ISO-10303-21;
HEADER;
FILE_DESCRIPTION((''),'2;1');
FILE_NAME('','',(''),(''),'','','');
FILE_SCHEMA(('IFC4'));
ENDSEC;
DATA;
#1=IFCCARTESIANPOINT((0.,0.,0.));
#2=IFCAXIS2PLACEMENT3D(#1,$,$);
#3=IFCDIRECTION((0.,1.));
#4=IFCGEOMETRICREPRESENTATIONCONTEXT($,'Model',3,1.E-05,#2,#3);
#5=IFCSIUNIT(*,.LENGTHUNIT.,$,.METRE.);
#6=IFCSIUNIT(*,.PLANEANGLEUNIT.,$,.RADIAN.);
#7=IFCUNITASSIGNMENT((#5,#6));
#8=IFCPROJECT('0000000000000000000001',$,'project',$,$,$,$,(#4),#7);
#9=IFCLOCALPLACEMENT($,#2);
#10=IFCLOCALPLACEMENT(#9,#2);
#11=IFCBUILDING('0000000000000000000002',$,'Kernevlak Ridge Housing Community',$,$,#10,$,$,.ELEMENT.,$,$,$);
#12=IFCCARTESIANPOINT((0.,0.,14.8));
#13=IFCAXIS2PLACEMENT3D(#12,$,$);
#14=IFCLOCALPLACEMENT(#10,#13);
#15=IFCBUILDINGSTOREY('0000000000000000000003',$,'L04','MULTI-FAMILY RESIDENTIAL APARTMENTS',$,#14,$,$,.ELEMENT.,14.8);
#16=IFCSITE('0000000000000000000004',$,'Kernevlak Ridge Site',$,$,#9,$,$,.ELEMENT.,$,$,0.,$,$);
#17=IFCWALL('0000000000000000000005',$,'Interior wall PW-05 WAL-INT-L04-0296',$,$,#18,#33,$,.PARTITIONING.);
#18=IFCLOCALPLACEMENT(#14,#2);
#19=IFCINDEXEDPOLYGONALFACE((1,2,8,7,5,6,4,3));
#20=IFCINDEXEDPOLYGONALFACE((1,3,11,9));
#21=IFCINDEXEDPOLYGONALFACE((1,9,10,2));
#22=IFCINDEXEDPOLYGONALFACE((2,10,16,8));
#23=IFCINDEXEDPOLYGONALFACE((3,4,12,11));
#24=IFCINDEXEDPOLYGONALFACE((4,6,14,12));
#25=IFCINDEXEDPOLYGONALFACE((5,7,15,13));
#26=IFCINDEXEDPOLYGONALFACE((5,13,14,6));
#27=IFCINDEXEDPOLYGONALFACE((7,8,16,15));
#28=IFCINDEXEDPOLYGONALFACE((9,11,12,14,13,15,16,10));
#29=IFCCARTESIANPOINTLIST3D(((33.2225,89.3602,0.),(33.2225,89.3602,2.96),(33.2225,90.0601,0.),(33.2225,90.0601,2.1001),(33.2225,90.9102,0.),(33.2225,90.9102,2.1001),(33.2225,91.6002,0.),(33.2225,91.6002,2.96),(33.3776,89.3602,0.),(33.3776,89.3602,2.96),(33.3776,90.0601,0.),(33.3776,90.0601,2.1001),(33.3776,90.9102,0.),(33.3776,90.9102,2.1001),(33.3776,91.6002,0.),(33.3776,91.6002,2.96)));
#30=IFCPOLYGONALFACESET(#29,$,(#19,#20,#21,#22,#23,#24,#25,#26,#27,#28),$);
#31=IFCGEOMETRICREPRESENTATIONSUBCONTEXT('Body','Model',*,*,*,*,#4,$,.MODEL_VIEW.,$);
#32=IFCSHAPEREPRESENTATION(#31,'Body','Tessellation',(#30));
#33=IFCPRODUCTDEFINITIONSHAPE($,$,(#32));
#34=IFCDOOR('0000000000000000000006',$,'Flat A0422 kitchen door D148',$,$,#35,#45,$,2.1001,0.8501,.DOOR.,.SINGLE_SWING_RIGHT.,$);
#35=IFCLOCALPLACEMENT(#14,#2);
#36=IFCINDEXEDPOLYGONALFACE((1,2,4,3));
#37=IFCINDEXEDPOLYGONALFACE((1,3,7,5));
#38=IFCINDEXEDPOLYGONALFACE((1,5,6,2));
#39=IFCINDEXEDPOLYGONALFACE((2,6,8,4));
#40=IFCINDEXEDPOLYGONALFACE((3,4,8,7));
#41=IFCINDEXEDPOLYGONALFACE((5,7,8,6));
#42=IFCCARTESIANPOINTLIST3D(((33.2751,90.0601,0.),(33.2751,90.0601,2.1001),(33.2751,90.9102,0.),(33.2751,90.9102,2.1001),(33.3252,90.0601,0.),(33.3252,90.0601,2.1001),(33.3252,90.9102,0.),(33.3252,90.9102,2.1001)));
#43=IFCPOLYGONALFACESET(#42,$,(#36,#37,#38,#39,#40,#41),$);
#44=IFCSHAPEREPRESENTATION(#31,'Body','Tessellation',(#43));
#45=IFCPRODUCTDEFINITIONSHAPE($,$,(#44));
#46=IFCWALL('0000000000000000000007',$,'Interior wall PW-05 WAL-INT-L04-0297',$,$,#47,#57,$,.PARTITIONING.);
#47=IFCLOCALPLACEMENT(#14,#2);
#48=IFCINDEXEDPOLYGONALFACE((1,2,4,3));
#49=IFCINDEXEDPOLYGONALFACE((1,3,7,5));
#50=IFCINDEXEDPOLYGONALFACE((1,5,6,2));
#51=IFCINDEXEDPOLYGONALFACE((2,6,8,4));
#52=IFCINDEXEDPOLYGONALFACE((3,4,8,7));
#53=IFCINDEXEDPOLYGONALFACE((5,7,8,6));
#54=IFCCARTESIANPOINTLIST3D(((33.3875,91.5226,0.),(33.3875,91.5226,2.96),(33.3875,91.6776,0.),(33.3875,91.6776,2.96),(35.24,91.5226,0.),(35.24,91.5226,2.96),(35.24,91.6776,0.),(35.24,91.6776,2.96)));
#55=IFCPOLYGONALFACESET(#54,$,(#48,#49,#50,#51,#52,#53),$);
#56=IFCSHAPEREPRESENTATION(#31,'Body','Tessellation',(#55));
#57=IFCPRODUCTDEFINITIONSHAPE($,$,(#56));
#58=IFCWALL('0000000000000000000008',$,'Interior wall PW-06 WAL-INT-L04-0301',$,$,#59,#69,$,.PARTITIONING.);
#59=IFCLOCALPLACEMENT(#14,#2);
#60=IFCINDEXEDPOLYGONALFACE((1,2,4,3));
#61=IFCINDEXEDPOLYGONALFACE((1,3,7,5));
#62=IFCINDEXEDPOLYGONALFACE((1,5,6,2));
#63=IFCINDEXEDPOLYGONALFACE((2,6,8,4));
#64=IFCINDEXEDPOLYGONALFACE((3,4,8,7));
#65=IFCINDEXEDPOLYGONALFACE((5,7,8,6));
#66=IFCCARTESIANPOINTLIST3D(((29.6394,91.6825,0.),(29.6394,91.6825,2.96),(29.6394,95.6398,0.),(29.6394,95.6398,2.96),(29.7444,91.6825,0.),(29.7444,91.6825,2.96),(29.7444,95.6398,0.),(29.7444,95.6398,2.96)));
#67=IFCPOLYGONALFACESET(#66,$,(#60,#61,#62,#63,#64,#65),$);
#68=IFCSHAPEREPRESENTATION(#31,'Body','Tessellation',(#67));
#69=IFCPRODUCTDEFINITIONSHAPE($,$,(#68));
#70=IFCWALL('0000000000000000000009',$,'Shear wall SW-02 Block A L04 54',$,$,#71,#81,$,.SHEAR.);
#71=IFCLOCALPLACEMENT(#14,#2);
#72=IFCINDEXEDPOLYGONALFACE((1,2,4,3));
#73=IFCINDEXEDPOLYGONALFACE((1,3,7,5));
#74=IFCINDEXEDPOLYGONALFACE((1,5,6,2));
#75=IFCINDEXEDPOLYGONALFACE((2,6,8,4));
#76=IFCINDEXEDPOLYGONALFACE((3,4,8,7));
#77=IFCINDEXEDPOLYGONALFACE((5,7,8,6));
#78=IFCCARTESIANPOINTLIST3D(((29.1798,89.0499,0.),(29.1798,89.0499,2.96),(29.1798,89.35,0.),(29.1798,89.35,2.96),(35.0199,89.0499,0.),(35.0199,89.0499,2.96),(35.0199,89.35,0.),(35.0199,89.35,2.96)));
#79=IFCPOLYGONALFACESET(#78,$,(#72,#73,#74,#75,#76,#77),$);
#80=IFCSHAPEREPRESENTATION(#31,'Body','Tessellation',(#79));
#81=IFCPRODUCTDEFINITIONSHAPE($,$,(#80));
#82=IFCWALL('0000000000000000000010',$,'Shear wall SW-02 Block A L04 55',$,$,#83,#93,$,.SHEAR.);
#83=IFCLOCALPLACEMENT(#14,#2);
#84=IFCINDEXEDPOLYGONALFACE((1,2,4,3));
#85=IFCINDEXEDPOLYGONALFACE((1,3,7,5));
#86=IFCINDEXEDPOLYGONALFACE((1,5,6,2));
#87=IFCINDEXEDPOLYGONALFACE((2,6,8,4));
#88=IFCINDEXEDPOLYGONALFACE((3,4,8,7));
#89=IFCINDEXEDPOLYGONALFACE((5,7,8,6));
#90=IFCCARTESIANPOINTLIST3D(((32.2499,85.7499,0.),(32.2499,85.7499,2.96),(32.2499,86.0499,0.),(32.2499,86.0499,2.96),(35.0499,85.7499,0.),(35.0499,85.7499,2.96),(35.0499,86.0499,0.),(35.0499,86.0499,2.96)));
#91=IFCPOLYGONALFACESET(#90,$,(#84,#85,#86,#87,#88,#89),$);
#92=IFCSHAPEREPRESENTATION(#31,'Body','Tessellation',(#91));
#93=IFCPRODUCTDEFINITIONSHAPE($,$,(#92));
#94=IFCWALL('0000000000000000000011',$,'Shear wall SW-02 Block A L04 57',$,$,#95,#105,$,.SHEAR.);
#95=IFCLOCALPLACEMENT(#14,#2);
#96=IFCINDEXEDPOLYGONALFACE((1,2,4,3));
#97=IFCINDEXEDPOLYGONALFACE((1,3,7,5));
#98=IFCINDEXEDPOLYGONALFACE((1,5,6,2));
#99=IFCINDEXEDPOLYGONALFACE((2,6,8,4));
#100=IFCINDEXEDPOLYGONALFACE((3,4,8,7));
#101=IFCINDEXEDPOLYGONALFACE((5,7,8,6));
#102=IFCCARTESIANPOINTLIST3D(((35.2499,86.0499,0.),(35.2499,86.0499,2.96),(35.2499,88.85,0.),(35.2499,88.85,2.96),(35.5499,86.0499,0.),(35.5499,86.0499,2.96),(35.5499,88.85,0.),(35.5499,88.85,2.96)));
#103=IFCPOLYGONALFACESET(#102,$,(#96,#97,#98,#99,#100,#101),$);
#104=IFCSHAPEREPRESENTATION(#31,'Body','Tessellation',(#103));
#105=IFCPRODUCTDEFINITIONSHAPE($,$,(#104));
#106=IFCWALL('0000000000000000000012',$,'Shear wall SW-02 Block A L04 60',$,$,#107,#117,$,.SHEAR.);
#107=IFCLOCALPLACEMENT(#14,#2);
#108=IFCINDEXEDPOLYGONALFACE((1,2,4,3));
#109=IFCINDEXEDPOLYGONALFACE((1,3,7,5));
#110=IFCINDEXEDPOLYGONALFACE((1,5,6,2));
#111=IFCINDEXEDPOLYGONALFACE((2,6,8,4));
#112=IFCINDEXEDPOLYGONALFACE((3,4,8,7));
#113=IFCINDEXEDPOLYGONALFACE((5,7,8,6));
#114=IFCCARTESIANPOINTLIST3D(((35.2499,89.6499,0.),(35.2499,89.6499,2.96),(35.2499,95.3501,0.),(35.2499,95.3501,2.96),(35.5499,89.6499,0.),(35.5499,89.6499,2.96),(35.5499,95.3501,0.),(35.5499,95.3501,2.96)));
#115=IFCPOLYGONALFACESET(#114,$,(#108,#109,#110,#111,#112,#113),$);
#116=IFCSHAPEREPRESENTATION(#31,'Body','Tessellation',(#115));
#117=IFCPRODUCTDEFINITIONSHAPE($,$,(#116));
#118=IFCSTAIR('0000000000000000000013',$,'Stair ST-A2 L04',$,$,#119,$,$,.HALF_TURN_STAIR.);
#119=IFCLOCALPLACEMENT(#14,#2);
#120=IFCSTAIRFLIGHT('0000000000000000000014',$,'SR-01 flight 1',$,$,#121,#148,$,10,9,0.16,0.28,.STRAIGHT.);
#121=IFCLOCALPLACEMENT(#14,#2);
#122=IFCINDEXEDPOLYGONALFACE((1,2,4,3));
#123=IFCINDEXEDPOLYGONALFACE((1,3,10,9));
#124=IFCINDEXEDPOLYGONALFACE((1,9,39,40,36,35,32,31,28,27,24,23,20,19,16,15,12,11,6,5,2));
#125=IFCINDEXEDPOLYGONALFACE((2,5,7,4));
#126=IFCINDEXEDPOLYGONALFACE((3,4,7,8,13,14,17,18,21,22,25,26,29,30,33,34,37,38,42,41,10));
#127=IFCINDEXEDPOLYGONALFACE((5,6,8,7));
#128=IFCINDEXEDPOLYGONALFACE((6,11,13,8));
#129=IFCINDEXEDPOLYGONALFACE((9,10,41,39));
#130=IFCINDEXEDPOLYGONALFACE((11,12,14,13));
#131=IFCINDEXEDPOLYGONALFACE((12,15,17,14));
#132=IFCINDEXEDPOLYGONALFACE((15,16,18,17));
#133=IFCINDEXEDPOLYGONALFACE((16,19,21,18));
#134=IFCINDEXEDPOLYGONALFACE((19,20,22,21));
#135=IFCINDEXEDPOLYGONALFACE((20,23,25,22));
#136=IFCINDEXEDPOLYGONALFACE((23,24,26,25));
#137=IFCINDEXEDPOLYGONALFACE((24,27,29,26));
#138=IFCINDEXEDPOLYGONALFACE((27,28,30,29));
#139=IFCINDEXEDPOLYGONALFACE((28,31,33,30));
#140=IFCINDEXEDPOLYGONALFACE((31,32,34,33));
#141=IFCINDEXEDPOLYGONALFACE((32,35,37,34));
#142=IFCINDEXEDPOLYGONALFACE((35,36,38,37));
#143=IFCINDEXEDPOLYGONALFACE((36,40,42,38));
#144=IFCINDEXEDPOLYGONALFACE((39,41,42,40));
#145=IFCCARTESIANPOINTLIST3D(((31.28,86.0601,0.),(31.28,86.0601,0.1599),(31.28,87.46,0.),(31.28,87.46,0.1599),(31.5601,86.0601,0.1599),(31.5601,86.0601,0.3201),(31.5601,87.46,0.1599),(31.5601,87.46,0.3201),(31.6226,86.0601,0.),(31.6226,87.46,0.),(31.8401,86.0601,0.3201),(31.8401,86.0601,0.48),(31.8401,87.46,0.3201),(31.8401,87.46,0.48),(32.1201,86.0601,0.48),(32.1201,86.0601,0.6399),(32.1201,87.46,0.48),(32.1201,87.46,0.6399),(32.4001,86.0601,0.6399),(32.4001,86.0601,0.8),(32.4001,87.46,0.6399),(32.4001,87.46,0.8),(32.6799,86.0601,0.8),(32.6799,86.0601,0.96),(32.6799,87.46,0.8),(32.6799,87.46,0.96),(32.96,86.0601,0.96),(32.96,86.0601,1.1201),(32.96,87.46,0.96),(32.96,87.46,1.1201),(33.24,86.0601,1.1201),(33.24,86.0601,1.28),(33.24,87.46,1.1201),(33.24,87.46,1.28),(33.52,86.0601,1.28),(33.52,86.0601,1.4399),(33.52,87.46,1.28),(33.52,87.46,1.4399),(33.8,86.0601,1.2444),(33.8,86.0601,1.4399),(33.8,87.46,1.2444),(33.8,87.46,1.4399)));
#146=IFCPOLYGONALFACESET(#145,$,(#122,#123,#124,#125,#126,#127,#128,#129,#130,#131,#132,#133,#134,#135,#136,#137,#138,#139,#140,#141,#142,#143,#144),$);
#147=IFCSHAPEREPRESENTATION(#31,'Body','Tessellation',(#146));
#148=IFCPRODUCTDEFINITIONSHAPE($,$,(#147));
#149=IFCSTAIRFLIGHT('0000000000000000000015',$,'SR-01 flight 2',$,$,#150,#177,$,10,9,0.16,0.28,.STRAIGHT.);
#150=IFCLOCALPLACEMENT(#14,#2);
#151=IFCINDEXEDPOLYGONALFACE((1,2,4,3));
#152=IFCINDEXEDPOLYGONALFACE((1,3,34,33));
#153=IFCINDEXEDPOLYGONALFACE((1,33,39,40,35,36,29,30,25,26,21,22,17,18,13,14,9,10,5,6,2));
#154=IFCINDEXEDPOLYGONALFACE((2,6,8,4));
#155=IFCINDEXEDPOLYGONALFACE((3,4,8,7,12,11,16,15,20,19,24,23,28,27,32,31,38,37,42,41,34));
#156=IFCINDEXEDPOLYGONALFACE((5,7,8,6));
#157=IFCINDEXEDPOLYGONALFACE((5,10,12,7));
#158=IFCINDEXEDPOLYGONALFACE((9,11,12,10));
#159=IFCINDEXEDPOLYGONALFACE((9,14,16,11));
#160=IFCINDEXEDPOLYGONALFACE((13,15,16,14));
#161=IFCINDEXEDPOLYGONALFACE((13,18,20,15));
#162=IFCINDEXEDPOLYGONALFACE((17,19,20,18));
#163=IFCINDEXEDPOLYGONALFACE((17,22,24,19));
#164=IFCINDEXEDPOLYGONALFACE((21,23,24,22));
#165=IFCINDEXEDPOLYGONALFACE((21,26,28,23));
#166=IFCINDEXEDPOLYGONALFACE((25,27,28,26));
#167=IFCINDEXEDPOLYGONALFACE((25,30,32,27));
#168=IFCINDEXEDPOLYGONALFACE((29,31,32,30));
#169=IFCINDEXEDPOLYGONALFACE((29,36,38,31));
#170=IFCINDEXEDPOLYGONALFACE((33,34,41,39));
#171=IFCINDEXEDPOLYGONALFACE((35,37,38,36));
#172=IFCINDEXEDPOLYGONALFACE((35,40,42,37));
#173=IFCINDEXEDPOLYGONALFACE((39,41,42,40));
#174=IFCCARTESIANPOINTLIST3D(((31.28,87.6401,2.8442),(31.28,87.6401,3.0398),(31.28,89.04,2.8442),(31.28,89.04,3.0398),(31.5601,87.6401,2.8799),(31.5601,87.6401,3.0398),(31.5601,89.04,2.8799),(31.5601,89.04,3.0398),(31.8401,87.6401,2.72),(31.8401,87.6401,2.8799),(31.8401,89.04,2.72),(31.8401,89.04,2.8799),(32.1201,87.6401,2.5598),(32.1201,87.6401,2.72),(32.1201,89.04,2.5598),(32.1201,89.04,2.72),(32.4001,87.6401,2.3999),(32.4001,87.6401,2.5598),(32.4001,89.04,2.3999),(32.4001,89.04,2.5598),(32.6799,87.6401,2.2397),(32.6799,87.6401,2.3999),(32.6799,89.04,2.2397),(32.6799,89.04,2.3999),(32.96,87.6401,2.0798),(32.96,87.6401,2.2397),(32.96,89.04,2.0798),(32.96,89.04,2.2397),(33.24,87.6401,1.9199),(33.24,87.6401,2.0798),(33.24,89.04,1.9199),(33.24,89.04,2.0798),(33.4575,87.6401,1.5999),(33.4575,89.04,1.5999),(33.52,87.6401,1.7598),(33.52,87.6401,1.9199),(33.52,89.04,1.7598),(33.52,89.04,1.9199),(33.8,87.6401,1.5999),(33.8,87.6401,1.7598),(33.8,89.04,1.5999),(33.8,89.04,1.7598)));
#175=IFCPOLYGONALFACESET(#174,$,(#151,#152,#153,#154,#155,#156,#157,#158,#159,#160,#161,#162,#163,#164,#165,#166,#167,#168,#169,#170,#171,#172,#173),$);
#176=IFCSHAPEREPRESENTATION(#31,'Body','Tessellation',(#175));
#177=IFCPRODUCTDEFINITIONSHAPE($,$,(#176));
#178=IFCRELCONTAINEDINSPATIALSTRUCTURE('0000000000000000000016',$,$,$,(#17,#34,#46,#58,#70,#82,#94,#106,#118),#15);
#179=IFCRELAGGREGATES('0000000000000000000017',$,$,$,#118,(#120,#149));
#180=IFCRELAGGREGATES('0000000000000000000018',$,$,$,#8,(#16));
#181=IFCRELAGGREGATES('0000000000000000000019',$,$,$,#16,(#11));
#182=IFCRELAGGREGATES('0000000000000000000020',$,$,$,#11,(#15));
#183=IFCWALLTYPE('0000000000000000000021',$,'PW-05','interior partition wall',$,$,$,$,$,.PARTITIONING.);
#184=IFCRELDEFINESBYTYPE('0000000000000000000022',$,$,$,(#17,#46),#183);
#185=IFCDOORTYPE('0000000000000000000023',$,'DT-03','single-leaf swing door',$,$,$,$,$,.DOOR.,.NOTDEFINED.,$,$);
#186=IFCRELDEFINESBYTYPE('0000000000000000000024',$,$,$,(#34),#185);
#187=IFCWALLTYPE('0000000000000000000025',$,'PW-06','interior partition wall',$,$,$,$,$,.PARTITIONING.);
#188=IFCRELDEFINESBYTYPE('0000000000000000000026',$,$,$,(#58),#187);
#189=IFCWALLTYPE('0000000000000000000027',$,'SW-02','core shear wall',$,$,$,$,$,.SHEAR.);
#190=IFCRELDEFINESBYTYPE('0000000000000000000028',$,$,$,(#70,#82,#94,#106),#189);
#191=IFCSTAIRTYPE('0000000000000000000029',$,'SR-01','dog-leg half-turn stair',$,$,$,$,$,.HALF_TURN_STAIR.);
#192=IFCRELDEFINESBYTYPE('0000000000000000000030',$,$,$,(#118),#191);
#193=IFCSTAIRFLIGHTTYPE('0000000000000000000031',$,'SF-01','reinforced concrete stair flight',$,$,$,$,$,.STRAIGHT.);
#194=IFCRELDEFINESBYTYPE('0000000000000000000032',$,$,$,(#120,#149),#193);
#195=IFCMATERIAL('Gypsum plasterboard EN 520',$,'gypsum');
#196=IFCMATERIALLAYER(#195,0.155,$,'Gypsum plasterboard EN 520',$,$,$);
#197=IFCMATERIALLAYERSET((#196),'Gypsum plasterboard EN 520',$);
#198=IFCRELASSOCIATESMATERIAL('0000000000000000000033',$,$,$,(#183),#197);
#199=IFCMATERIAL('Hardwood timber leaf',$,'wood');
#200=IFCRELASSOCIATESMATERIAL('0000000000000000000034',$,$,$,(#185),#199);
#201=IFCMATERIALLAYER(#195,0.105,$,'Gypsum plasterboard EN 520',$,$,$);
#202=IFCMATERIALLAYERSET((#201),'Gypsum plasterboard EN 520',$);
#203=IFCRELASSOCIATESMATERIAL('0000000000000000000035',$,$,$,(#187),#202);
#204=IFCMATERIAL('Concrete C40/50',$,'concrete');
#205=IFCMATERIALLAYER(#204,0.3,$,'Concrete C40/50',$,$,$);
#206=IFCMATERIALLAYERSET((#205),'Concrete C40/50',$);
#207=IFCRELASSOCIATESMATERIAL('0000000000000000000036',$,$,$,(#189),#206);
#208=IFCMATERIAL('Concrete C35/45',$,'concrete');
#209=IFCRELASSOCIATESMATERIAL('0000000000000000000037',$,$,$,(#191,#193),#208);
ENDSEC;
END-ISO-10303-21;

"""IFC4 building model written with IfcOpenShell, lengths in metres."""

from ifc_helpers import new_model, si_unit, direction, frame, frame_2d, origin, place, context, subcontext, project, spatial, polyline, rectangle, outline, extrude, material, layer, layer_set, type_object, element, fill, aggregate, save


model = new_model("IFC4")

# Units and contexts
model_context = context("Model", 3, precision=1e-05, world=origin(), true_north=direction((0.0, 1.0)))
body_context = subcontext(model_context, "Body", "Model", "MODEL_VIEW")
ifc_project = project(units=[si_unit("LENGTHUNIT", "METRE"), si_unit("PLANEANGLEUNIT", "RADIAN")], contexts=[model_context])

# Site, building, storey
site_placement = place(None, origin())
site = spatial("IfcSite", under=ifc_project, at=site_placement, Name="Kernevlak Ridge Site", CompositionType="ELEMENT", RefElevation=0.0)
building_placement = place(site_placement, origin())
building = spatial("IfcBuilding", under=site, at=building_placement, Name="Kernevlak Ridge Housing Community", CompositionType="ELEMENT")
storey_placement = place(building_placement, frame((0.0, 0.0, 14.8)))
storey = spatial("IfcBuildingStorey", under=building, at=storey_placement, Name="L04", Description="MULTI-FAMILY RESIDENTIAL APARTMENTS", CompositionType="ELEMENT", Elevation=14.8)

# Shared definitions
ifc_material_1 = material(Name="Concrete C40/50", Category="concrete")

# Shared definitions
ifc_material_2 = material(Name="Concrete C35/45", Category="concrete")

# Shared definitions
ifc_material_3 = material(Name="Gypsum plasterboard EN 520", Category="gypsum")

# Wall, opening, door
ifc_layer_1 = layer(ifc_material_3, 0.155, Name="Gypsum plasterboard EN 520")
ifc_layer_set_1 = layer_set([ifc_layer_1], Name="Gypsum plasterboard EN 520")
wall_type_1 = type_object("IfcWallType", Name="PW-05", Description="interior partition wall", PredefinedType="PARTITIONING", material=ifc_layer_set_1)
wall_1_placement = place(storey_placement, frame((33.3, 89.3601, 0.0), z_axis=(0.0, 0.0, 1.0), x_axis=(0.0, 1.0, 0.0)))
wall_1 = element("IfcWall", 1, at=wall_1_placement, inside=storey, type_object=wall_type_1, Name="Interior wall PW-05 WAL-INT-L04-0296", PredefinedType="PARTITIONING", context=body_context, shape_type="SweptSolid", body=[
    extrude(rectangle(XDim=2.24, YDim=0.155, at=frame_2d((1.1201, 0.0))), origin(), (0.0, 0.0, 1.0), 2.96),
])
opening_1_placement = place(wall_1_placement, frame((0.7, 0.0, 0.0)))
opening_1 = element("IfcOpeningElement", 2, at=opening_1_placement, cuts=wall_1, PredefinedType="OPENING", context=body_context, shape_type="SweptSolid", body=[
    extrude(rectangle(XDim=0.8501, YDim=2.1001, at=frame_2d((0.425, 1.05))), frame((0.0, 0.0874, 0.0), z_axis=(0.0, -1.0, 0.0), x_axis=(1.0, 0.0, 0.0)), (0.0, 0.0, 1.0), 0.175),
])
ifc_material_4 = material(Name="Hardwood timber leaf", Category="wood")
door_type_1 = type_object("IfcDoorType", Name="DT-03", Description="single-leaf swing door", OperationType="NOTDEFINED", PredefinedType="DOOR", material=ifc_material_4)
door_1_placement = place(opening_1_placement, origin())
door_1 = element("IfcDoor", 3, at=door_1_placement, inside=storey, type_object=door_type_1, Name="Flat A0422 kitchen door D148", OperationType="SINGLE_SWING_RIGHT", OverallHeight=2.1001, OverallWidth=0.8501, PredefinedType="DOOR", context=body_context, shape_type="SweptSolid", body=[
    extrude(rectangle(XDim=0.8501, YDim=2.1001, at=frame_2d((0.425, 1.05))), frame((0.0, 0.0249, 0.0), z_axis=(0.0, -1.0, 0.0), x_axis=(1.0, 0.0, 0.0)), (0.0, 0.0, 1.0), 0.05),
])
fill(opening_1, door_1)

# Walls
wall_2_placement = place(storey_placement, frame((33.3875, 91.6001, 0.0), z_axis=(0.0, 0.0, 1.0), x_axis=(1.0, 0.0, 0.0)))
element("IfcWall", 4, at=wall_2_placement, inside=storey, type_object=wall_type_1, Name="Interior wall PW-05 WAL-INT-L04-0297", PredefinedType="PARTITIONING", context=body_context, shape_type="SweptSolid", body=[
    extrude(rectangle(XDim=1.8525, YDim=0.155, at=frame_2d((0.9263, 0.0))), origin(), (0.0, 0.0, 1.0), 2.96),
])
ifc_layer_2 = layer(ifc_material_3, 0.105, Name="Gypsum plasterboard EN 520")
ifc_layer_set_2 = layer_set([ifc_layer_2], Name="Gypsum plasterboard EN 520")
wall_type_2 = type_object("IfcWallType", Name="PW-06", Description="interior partition wall", PredefinedType="PARTITIONING", material=ifc_layer_set_2)
wall_3_placement = place(storey_placement, frame((29.6919, 91.6826, 0.0), z_axis=(0.0, 0.0, 1.0), x_axis=(0.0, 1.0, 0.0)))
element("IfcWall", 5, at=wall_3_placement, inside=storey, type_object=wall_type_2, Name="Interior wall PW-06 WAL-INT-L04-0301", PredefinedType="PARTITIONING", context=body_context, shape_type="SweptSolid", body=[
    extrude(rectangle(XDim=3.9573, YDim=0.105, at=frame_2d((1.9785, 0.0))), origin(), (0.0, 0.0, 1.0), 2.96),
])
ifc_layer_3 = layer(ifc_material_1, 0.3, Name="Concrete C40/50")
ifc_layer_set_3 = layer_set([ifc_layer_3], Name="Concrete C40/50")
wall_type_3 = type_object("IfcWallType", Name="SW-02", Description="core shear wall", PredefinedType="SHEAR", material=ifc_layer_set_3)
wall_4_placement = place(storey_placement, frame((29.1799, 89.2, 0.0), z_axis=(0.0, 0.0, 1.0), x_axis=(1.0, 0.0, 0.0)))
element("IfcWall", 6, at=wall_4_placement, inside=storey, type_object=wall_type_3, Name="Shear wall SW-02 Block A L04 54", PredefinedType="SHEAR", context=body_context, shape_type="SweptSolid", body=[
    extrude(rectangle(XDim=5.8401, YDim=0.3, at=frame_2d((2.9199, 0.0))), origin(), (0.0, 0.0, 1.0), 2.96),
])
for number, where, z_axis, x_axis, name in (
    (7, (32.25, 85.8999, 0.0), (0.0, 0.0, 1.0), (1.0, 0.0, 0.0), "Shear wall SW-02 Block A L04 55"),
    (8, (35.3999, 86.05, 0.0), (0.0, 0.0, 1.0), (0.0, 1.0, 0.0), "Shear wall SW-02 Block A L04 57"),
):
    element("IfcWall", number, at=place(storey_placement, frame(where, z_axis=z_axis, x_axis=x_axis)), inside=storey, type_object=wall_type_3, Name=name, PredefinedType="SHEAR", context=body_context, shape_type="SweptSolid", body=[
        extrude(rectangle(XDim=2.8, YDim=0.3, at=frame_2d((1.3999, 0.0))), origin(), (0.0, 0.0, 1.0), 2.96),
    ])
wall_5_placement = place(storey_placement, frame((35.3999, 89.6499, 0.0), z_axis=(0.0, 0.0, 1.0), x_axis=(0.0, 1.0, 0.0)))
element("IfcWall", 9, at=wall_5_placement, inside=storey, type_object=wall_type_3, Name="Shear wall SW-02 Block A L04 60", PredefinedType="SHEAR", context=body_context, shape_type="SweptSolid", body=[
    extrude(rectangle(XDim=5.7002, YDim=0.3, at=frame_2d((2.8501, 0.0))), origin(), (0.0, 0.0, 1.0), 2.96),
])

# Stair, stair flights
stair_type = type_object("IfcStairType", Name="SR-01", Description="dog-leg half-turn stair", PredefinedType="HALF_TURN_STAIR", material=ifc_material_2)
stair_placement = place(storey_placement, origin())
stair = element("IfcStair", 10, at=stair_placement, inside=storey, type_object=stair_type, Name="Stair ST-A2 L04", PredefinedType="HALF_TURN_STAIR")
stair_flight_type = type_object("IfcStairFlightType", Name="SF-01", Description="reinforced concrete stair flight", PredefinedType="STRAIGHT", material=ifc_material_2)
stair_flight_1_placement = place(storey_placement, frame((31.28, 86.76, 0.0), z_axis=(0.0, 0.0, 1.0), x_axis=(1.0, 0.0, 0.0)))
stair_flight_1 = element("IfcStairFlight", 11, at=stair_flight_1_placement, type_object=stair_flight_type, Name="SR-01 flight 1", NumberOfRisers=10, NumberOfTreads=9, PredefinedType="STRAIGHT", RiserHeight=0.16, TreadLength=0.28, context=body_context, shape_type="SweptSolid", body=[
    extrude(outline(polyline([(0.0, 0.0), (0.0, 0.1599), (0.28, 0.1599), (0.28, 0.3201), (0.5601, 0.3201), (0.5601, 0.48), (0.8401, 0.48), (0.8401, 0.6399), (1.1201, 0.6399), (1.1201, 0.8), (1.3999, 0.8), (1.3999, 0.96), (1.6799, 0.96), (1.6799, 1.1201), (1.96, 1.1201), (1.96, 1.28), (2.24, 1.28), (2.24, 1.4399), (2.52, 1.4399), (2.52, 1.6001), (2.52, 1.2444), (0.3425, 0.0), (0.0, 0.0)])), frame((0.0, 0.7, 0.0), z_axis=(0.0, -1.0, 0.0), x_axis=(1.0, 0.0, 0.0)), (0.0, 0.0, 1.0), 1.3999),
])
stair_flight_2_placement = place(storey_placement, frame((33.8, 88.3401, 1.5999), z_axis=(0.0, 0.0, 1.0), x_axis=(-1.0, 0.0, 0.0)))
stair_flight_2 = element("IfcStairFlight", 12, at=stair_flight_2_placement, type_object=stair_flight_type, Name="SR-01 flight 2", NumberOfRisers=10, NumberOfTreads=9, PredefinedType="STRAIGHT", RiserHeight=0.16, TreadLength=0.28, context=body_context, shape_type="SweptSolid", body=[
    extrude(outline(polyline([(0.0, 0.0), (0.0, 0.1599), (0.28, 0.1599), (0.28, 0.3201), (0.5601, 0.3201), (0.5601, 0.48), (0.8401, 0.48), (0.8401, 0.6399), (1.1201, 0.6399), (1.1201, 0.8), (1.3999, 0.8), (1.3999, 0.96), (1.6799, 0.96), (1.6799, 1.1201), (1.96, 1.1201), (1.96, 1.28), (2.24, 1.28), (2.24, 1.4399), (2.52, 1.4399), (2.52, 1.6001), (2.52, 1.2444), (0.3425, 0.0), (0.0, 0.0)])), frame((0.0, 0.7, 0.0), z_axis=(0.0, -1.0, 0.0), x_axis=(1.0, 0.0, 0.0)), (0.0, 0.0, 1.0), 1.3999),
])
aggregate(stair, [stair_flight_1, stair_flight_2])

save(model, "model.ifc")
